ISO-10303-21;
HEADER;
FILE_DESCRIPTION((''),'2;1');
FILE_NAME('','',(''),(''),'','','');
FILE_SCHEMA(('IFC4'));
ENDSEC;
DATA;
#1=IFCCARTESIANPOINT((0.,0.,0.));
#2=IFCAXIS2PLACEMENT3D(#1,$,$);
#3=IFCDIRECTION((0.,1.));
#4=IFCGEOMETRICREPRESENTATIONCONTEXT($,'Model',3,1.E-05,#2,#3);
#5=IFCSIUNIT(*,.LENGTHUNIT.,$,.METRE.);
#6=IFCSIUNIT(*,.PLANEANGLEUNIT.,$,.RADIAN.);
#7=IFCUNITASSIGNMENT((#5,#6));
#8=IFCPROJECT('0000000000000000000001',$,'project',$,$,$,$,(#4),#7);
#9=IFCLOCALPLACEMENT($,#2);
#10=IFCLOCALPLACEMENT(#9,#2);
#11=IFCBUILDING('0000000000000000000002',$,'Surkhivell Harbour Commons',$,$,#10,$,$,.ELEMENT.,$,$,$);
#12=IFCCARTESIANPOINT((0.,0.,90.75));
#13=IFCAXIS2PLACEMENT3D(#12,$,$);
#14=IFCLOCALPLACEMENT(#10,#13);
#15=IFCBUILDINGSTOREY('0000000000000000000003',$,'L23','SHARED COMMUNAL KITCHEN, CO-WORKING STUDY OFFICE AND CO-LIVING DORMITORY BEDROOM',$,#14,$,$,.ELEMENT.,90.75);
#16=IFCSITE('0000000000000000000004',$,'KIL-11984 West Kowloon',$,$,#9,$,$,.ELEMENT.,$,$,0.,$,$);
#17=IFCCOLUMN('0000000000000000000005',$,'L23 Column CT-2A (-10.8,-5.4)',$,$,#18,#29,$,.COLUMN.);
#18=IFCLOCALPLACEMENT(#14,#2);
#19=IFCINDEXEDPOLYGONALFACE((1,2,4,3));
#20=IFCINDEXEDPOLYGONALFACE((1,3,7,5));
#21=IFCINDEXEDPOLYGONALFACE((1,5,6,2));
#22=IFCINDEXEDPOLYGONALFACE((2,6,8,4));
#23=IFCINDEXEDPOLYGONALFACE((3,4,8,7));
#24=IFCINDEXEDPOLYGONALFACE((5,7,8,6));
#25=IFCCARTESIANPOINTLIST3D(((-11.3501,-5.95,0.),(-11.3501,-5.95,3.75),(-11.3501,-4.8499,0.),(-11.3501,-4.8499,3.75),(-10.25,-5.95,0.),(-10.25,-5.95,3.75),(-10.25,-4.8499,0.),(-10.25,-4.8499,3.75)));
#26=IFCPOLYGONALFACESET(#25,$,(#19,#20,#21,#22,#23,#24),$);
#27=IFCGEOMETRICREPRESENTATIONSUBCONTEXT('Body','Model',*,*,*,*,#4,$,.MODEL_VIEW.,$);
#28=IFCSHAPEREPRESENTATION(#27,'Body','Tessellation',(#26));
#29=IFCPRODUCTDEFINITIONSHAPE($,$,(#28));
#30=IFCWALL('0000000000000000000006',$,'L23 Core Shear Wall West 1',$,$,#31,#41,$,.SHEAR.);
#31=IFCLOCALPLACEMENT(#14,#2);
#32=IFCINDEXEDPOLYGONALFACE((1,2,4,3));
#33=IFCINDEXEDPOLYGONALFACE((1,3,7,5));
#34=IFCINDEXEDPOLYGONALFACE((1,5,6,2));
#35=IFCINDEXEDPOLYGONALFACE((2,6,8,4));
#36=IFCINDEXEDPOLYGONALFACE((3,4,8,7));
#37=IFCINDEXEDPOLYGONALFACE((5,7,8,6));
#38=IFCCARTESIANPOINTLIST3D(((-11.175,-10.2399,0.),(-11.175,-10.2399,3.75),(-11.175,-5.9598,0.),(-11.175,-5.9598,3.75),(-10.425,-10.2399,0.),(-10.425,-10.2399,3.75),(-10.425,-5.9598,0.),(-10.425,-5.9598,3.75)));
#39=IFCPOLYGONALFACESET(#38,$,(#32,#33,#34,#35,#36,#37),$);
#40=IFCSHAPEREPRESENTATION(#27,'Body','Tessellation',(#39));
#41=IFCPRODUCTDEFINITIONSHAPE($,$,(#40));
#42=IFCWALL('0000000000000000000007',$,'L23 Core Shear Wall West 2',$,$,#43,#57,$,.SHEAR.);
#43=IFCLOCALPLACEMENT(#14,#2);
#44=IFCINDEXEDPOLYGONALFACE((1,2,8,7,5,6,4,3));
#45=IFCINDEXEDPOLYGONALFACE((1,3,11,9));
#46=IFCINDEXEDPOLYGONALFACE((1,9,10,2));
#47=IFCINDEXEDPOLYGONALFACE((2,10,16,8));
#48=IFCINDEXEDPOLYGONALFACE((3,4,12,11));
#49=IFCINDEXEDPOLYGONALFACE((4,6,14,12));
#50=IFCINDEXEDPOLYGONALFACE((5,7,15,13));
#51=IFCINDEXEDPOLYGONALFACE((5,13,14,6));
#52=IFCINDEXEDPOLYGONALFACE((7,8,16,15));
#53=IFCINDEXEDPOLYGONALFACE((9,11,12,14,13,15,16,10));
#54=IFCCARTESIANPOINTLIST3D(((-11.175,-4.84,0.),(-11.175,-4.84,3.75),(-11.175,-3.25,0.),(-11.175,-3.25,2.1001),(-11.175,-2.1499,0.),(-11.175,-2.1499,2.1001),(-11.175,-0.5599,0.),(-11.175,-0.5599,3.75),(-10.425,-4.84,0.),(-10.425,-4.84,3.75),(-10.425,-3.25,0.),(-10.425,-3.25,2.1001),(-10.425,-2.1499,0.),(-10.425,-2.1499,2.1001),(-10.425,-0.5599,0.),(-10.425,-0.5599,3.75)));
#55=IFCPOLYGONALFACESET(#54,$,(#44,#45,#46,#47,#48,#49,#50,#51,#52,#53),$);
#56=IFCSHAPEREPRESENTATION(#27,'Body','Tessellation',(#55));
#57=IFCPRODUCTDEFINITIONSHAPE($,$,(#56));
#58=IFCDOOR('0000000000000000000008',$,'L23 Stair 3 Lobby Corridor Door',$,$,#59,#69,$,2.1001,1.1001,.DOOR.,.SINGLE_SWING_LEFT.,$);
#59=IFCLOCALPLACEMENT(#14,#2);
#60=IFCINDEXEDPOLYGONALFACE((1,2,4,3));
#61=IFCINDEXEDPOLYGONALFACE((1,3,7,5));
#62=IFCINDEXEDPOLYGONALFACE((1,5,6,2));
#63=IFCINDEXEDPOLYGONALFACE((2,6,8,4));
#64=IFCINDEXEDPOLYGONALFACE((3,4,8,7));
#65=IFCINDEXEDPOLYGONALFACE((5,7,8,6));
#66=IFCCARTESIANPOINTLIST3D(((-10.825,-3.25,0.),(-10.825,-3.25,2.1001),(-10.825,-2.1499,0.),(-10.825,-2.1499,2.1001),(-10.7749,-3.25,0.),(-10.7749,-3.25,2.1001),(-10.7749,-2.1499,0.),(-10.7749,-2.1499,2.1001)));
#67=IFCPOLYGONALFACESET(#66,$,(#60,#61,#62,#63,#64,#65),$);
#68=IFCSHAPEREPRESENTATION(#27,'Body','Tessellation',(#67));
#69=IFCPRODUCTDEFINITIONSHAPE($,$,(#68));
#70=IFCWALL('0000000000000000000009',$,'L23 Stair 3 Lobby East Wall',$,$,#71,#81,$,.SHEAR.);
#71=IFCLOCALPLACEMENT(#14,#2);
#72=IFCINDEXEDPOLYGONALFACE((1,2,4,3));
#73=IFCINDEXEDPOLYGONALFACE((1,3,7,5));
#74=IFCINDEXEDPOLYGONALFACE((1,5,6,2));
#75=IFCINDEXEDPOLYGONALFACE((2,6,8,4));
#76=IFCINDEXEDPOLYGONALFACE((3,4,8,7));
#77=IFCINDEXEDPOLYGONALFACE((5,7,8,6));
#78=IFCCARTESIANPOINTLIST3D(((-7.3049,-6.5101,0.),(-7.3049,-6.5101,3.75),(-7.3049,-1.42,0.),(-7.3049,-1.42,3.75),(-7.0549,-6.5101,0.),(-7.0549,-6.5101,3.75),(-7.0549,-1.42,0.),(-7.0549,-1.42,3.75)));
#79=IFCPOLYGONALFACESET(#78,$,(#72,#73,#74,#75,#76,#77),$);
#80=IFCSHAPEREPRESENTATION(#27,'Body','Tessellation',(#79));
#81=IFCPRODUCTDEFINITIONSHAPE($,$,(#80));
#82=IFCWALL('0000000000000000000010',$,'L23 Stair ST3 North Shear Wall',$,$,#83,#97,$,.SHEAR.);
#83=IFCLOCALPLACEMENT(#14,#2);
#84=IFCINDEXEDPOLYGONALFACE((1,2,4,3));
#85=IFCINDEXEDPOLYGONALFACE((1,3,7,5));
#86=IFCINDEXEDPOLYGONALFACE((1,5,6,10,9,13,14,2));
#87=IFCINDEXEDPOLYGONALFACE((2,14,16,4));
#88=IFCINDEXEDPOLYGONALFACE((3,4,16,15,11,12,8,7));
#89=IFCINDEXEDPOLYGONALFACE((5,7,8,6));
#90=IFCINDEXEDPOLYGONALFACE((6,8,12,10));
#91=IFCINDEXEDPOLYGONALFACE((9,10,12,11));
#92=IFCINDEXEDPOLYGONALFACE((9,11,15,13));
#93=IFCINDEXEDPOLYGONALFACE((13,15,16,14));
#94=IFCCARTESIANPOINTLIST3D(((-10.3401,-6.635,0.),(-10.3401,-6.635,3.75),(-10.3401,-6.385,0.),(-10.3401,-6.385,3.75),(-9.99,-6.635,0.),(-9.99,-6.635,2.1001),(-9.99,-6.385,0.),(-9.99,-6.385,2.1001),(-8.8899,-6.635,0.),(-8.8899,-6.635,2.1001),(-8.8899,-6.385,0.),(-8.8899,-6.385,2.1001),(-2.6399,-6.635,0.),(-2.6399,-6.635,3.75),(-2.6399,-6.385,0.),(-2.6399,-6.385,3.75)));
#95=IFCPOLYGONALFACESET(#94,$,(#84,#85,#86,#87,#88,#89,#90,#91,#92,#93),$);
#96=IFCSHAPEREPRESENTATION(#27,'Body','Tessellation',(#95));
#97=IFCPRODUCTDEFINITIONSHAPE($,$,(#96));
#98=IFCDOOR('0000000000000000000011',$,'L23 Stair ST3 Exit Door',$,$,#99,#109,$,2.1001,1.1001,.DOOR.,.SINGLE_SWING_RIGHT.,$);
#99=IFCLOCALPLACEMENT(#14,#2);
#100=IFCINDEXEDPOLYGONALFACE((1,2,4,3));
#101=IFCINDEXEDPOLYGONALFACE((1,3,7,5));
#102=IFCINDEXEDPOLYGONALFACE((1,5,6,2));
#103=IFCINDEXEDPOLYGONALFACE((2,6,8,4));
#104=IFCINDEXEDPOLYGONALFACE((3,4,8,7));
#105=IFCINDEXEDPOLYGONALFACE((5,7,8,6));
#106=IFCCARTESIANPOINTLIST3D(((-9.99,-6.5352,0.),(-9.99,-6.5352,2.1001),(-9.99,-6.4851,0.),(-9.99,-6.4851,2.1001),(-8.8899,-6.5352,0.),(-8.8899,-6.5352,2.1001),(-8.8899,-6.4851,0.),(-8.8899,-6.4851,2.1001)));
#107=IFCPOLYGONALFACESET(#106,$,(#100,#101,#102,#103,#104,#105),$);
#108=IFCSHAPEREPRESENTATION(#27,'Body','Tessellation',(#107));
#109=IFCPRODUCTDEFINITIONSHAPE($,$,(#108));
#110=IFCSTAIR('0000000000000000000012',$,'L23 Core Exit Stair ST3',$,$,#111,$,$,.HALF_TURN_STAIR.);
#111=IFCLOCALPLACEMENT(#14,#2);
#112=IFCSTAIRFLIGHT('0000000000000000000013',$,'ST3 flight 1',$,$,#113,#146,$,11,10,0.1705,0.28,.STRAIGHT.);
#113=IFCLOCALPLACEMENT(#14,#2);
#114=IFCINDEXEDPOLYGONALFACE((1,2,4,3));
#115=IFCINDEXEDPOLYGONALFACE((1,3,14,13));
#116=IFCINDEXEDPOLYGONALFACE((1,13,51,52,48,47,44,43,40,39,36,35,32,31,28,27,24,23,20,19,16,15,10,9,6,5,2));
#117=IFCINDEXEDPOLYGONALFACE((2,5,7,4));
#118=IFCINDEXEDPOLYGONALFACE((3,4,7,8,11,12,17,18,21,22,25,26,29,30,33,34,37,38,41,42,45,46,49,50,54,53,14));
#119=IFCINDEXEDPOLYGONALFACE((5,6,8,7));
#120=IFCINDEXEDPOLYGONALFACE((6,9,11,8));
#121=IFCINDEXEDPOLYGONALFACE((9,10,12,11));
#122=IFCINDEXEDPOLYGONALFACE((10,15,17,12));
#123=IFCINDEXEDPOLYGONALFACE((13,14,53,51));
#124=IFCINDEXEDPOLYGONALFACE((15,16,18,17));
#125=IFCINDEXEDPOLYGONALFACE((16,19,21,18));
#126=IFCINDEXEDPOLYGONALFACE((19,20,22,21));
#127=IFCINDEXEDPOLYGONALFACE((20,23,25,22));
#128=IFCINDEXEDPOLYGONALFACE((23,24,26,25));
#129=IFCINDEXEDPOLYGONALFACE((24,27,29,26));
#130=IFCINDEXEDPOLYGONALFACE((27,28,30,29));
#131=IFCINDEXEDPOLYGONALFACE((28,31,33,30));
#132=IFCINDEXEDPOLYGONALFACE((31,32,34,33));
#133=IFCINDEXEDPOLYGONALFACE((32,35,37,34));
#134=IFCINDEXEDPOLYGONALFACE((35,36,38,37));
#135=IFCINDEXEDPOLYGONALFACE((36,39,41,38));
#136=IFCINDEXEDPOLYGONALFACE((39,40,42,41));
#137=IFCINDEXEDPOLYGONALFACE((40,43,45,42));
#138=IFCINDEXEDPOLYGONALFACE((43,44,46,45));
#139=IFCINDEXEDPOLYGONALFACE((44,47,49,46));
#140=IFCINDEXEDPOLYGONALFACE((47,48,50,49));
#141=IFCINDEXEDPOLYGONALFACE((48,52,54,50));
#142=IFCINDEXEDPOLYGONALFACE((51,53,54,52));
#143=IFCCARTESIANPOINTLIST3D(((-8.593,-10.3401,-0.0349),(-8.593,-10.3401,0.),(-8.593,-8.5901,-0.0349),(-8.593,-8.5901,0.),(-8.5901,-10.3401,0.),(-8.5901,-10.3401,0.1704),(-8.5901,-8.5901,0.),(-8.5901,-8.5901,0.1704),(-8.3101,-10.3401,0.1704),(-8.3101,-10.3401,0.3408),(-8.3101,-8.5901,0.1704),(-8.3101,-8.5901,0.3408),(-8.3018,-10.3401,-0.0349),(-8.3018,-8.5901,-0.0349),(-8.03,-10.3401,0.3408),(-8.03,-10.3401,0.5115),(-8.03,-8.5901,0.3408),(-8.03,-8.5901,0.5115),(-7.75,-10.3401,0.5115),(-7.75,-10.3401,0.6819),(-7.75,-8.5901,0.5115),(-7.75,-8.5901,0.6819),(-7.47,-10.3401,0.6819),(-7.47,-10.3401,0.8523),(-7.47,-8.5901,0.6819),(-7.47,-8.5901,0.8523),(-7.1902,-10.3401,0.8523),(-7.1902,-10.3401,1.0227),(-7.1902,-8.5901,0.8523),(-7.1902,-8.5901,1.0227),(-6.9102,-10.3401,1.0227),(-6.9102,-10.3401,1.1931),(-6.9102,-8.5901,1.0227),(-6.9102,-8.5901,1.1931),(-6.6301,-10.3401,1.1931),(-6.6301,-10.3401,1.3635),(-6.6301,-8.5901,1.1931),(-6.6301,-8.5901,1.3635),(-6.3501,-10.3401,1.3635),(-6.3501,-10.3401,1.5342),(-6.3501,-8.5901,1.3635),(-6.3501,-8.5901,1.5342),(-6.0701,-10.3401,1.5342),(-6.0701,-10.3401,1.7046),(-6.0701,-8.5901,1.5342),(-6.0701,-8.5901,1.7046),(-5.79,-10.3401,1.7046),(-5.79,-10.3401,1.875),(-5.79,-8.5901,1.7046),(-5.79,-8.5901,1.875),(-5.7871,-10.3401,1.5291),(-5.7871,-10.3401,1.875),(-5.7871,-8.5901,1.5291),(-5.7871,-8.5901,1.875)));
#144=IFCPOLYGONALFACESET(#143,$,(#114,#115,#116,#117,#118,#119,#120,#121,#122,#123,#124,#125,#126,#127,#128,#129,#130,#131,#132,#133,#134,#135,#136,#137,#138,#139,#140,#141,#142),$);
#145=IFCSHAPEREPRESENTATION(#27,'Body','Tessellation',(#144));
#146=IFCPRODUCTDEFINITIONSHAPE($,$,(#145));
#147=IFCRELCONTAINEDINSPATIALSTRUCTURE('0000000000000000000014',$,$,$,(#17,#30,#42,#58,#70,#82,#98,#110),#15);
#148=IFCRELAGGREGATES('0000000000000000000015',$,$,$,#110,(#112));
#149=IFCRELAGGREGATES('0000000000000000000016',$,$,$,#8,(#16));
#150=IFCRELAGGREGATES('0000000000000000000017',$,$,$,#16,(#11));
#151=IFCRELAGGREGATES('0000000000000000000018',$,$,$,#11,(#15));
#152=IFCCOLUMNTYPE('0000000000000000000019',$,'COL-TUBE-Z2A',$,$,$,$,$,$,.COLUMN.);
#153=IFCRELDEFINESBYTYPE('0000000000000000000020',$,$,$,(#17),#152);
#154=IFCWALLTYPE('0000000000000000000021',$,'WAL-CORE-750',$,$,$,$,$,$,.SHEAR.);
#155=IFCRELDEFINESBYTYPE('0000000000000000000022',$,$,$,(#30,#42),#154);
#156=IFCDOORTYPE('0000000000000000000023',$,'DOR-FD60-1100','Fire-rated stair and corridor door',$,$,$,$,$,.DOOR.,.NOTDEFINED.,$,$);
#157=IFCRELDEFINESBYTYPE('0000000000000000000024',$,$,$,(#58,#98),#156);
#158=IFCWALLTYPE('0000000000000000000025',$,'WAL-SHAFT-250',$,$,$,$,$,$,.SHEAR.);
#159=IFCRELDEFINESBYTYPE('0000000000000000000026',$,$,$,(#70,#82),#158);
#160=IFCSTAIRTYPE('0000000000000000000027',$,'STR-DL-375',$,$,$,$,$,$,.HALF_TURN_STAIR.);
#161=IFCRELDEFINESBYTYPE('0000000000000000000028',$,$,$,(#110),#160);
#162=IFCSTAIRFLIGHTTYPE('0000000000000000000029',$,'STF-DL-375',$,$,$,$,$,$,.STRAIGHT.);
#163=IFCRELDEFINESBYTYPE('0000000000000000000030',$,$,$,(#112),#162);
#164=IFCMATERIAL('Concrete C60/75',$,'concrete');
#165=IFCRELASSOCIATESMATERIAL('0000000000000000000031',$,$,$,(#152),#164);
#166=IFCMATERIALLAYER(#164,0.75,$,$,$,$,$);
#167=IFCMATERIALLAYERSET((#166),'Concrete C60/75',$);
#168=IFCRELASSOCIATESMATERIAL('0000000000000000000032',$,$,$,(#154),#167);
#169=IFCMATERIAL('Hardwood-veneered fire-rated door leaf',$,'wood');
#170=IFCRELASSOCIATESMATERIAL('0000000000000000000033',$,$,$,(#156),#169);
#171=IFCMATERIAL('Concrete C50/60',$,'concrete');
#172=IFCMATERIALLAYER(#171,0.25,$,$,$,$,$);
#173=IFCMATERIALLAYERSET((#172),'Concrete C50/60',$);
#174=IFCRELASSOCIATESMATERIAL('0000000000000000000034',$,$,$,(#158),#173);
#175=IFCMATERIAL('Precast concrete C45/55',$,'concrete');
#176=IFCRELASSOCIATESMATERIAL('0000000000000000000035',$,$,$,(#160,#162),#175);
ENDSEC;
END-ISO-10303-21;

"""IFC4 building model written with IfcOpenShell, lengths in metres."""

from ifc_helpers import new_model, si_unit, direction, frame, frame_2d, origin, origin_2d, place, context, subcontext, project, spatial, polyline, rectangle, outline, extrude, material, layer, layer_set, material_profile, profile_set, type_object, element, fill, aggregate, save


model = new_model("IFC4")

# Units and contexts
model_context = context("Model", 3, precision=1e-05, world=origin(), true_north=direction((0.0, 1.0)))
body_context = subcontext(model_context, "Body", "Model", "MODEL_VIEW")
ifc_project = project(units=[si_unit("LENGTHUNIT", "METRE"), si_unit("PLANEANGLEUNIT", "RADIAN")], contexts=[model_context])

# Site, building, storey
site_placement = place(None, origin())
site = spatial("IfcSite", under=ifc_project, at=site_placement, Name="KIL-11984 West Kowloon", CompositionType="ELEMENT", RefElevation=0.0)
building_placement = place(site_placement, origin())
building = spatial("IfcBuilding", under=site, at=building_placement, Name="Surkhivell Harbour Commons", CompositionType="ELEMENT")
storey_placement = place(building_placement, frame((0.0, 0.0, 90.75)))
storey = spatial("IfcBuildingStorey", under=building, at=storey_placement, Name="L23", Description="SHARED COMMUNAL KITCHEN, CO-WORKING STUDY OFFICE AND CO-LIVING DORMITORY BEDROOM", CompositionType="ELEMENT", Elevation=90.75)

# Column
ifc_material_1 = material(Name="Concrete C60/75", Category="concrete")
ifc_material_profile = material_profile(ifc_material_1, rectangle(XDim=1.1001, YDim=1.1001, at=origin_2d()), Name="RC-COL-1100x1100")
ifc_profile_set = profile_set([ifc_material_profile], Name="Concrete C60/75")
column_type = type_object("IfcColumnType", Name="COL-TUBE-Z2A", PredefinedType="COLUMN", material=ifc_profile_set)
column_placement = place(storey_placement, frame((-10.8, -5.3999, 0.0), z_axis=(0.0, 0.0, 1.0), x_axis=(1.0, 0.0, 0.0)))
element("IfcColumn", 1, at=column_placement, inside=storey, type_object=column_type, Name="L23 Column CT-2A (-10.8,-5.4)", PredefinedType="COLUMN", context=body_context, shape_type="SweptSolid", body=[
    extrude(rectangle(XDim=1.1001, YDim=1.1001, at=origin_2d()), origin(), (0.0, 0.0, 1.0), 3.75),
])

# Wall
ifc_layer_1 = layer(ifc_material_1, 0.75)
ifc_layer_set_1 = layer_set([ifc_layer_1], Name="Concrete C60/75")
wall_type_1 = type_object("IfcWallType", Name="WAL-CORE-750", PredefinedType="SHEAR", material=ifc_layer_set_1)
wall_1_placement = place(storey_placement, frame((-10.8, -10.24, 0.0), z_axis=(0.0, 0.0, 1.0), x_axis=(0.0, 1.0, 0.0)))
element("IfcWall", 2, at=wall_1_placement, inside=storey, type_object=wall_type_1, Name="L23 Core Shear Wall West 1", PredefinedType="SHEAR", context=body_context, shape_type="SweptSolid", body=[
    extrude(rectangle(XDim=4.28, YDim=0.75, at=frame_2d((2.1401, 0.0))), origin(), (0.0, 0.0, 1.0), 3.75),
])

# Wall, opening, door
wall_2_placement = place(storey_placement, frame((-10.8, -4.8401, 0.0), z_axis=(0.0, 0.0, 1.0), x_axis=(0.0, 1.0, 0.0)))
wall_2 = element("IfcWall", 3, at=wall_2_placement, inside=storey, type_object=wall_type_1, Name="L23 Core Shear Wall West 2", PredefinedType="SHEAR", context=body_context, shape_type="SweptSolid", body=[
    extrude(rectangle(XDim=4.28, YDim=0.75, at=frame_2d((2.1401, 0.0))), origin(), (0.0, 0.0, 1.0), 3.75),
])
opening_1_placement = place(wall_2_placement, frame((1.5901, 0.0, 0.0)))
opening_1 = element("IfcOpeningElement", 4, at=opening_1_placement, cuts=wall_2, PredefinedType="OPENING", context=body_context, shape_type="SweptSolid", body=[
    extrude(rectangle(XDim=1.1001, YDim=2.1001, at=frame_2d((0.55, 1.05))), frame((0.0, 0.385, 0.0), z_axis=(0.0, -1.0, 0.0), x_axis=(1.0, 0.0, 0.0)), (0.0, 0.0, 1.0), 0.77),
])
ifc_material_2 = material(Name="Hardwood-veneered fire-rated door leaf", Category="wood")
door_type = type_object("IfcDoorType", Name="DOR-FD60-1100", Description="Fire-rated stair and corridor door", OperationType="NOTDEFINED", PredefinedType="DOOR", material=ifc_material_2)
door_1_placement = place(opening_1_placement, origin())
door_1 = element("IfcDoor", 5, at=door_1_placement, inside=storey, type_object=door_type, Name="L23 Stair 3 Lobby Corridor Door", OperationType="SINGLE_SWING_LEFT", OverallHeight=2.1001, OverallWidth=1.1001, PredefinedType="DOOR", context=body_context, shape_type="SweptSolid", body=[
    extrude(rectangle(XDim=1.1001, YDim=2.1001, at=frame_2d((0.55, 1.05))), frame((0.0, 0.0249, 0.0), z_axis=(0.0, -1.0, 0.0), x_axis=(1.0, 0.0, 0.0)), (0.0, 0.0, 1.0), 0.05),
])
fill(opening_1, door_1)

# Wall
ifc_material_3 = material(Name="Concrete C50/60", Category="concrete")
ifc_layer_2 = layer(ifc_material_3, 0.25)
ifc_layer_set_2 = layer_set([ifc_layer_2], Name="Concrete C50/60")
wall_type_2 = type_object("IfcWallType", Name="WAL-SHAFT-250", PredefinedType="SHEAR", material=ifc_layer_set_2)
wall_3_placement = place(storey_placement, frame((-7.1799, -6.51, 0.0), z_axis=(0.0, 0.0, 1.0), x_axis=(0.0, 1.0, 0.0)))
element("IfcWall", 6, at=wall_3_placement, inside=storey, type_object=wall_type_2, Name="L23 Stair 3 Lobby East Wall", PredefinedType="SHEAR", context=body_context, shape_type="SweptSolid", body=[
    extrude(rectangle(XDim=5.0901, YDim=0.25, at=frame_2d((2.5449, 0.0))), origin(), (0.0, 0.0, 1.0), 3.75),
])

# Wall, opening, door
wall_4_placement = place(storey_placement, frame((-10.3401, -6.51, 0.0), z_axis=(0.0, 0.0, 1.0), x_axis=(1.0, 0.0, 0.0)))
wall_4 = element("IfcWall", 7, at=wall_4_placement, inside=storey, type_object=wall_type_2, Name="L23 Stair ST3 North Shear Wall", PredefinedType="SHEAR", context=body_context, shape_type="SweptSolid", body=[
    extrude(rectangle(XDim=7.7002, YDim=0.25, at=frame_2d((3.8501, 0.0))), origin(), (0.0, 0.0, 1.0), 3.75),
])
opening_2_placement = place(wall_4_placement, frame((0.3501, 0.0, 0.0)))
opening_2 = element("IfcOpeningElement", 8, at=opening_2_placement, cuts=wall_4, PredefinedType="OPENING", context=body_context, shape_type="SweptSolid", body=[
    extrude(rectangle(XDim=1.1001, YDim=2.1001, at=frame_2d((0.55, 1.05))), frame((0.0, 0.135, 0.0), z_axis=(0.0, -1.0, 0.0), x_axis=(1.0, 0.0, 0.0)), (0.0, 0.0, 1.0), 0.27),
])
door_2_placement = place(opening_2_placement, origin())
door_2 = element("IfcDoor", 9, at=door_2_placement, inside=storey, type_object=door_type, Name="L23 Stair ST3 Exit Door", OperationType="SINGLE_SWING_RIGHT", OverallHeight=2.1001, OverallWidth=1.1001, PredefinedType="DOOR", context=body_context, shape_type="SweptSolid", body=[
    extrude(rectangle(XDim=1.1001, YDim=2.1001, at=frame_2d((0.55, 1.05))), frame((0.0, 0.0249, 0.0), z_axis=(0.0, -1.0, 0.0), x_axis=(1.0, 0.0, 0.0)), (0.0, 0.0, 1.0), 0.05),
])
fill(opening_2, door_2)

# Stair, stair flight
ifc_material_4 = material(Name="Precast concrete C45/55", Category="concrete")
stair_type = type_object("IfcStairType", Name="STR-DL-375", PredefinedType="HALF_TURN_STAIR", material=ifc_material_4)
stair_placement = place(storey_placement, origin())
stair = element("IfcStair", 10, at=stair_placement, inside=storey, type_object=stair_type, Name="L23 Core Exit Stair ST3", PredefinedType="HALF_TURN_STAIR")
stair_flight_type = type_object("IfcStairFlightType", Name="STF-DL-375", PredefinedType="STRAIGHT", material=ifc_material_4)
stair_flight_1_placement = place(storey_placement, frame((-8.5901, -9.4651, 0.0), z_axis=(0.0, 0.0, 1.0), x_axis=(1.0, 0.0, 0.0)))
stair_flight_1 = element("IfcStairFlight", 11, at=stair_flight_1_placement, type_object=stair_flight_type, Name="ST3 flight 1", NumberOfRisers=11, NumberOfTreads=10, PredefinedType="STRAIGHT", RiserHeight=0.1705, TreadLength=0.28, context=body_context, shape_type="SweptSolid", body=[
    extrude(outline(polyline([(-0.0029, -0.0349), (-0.0029, 0.0), (0.0, 0.0), (0.0, 0.1704), (0.28, 0.1704), (0.28, 0.3408), (0.5601, 0.3408), (0.5601, 0.5115), (0.8401, 0.5115), (0.8401, 0.6819), (1.1201, 0.6819), (1.1201, 0.8523), (1.3999, 0.8523), (1.3999, 1.0227), (1.6799, 1.0227), (1.6799, 1.1931), (1.96, 1.1931), (1.96, 1.3635), (2.24, 1.3635), (2.24, 1.5342), (2.52, 1.5342), (2.52, 1.7046), (2.8, 1.7046), (2.8, 1.875), (2.803, 1.875), (2.803, 1.5291), (0.2883, -0.0349), (-0.0029, -0.0349)])), frame((0.0, 0.875, 0.0), z_axis=(0.0, -1.0, 0.0), x_axis=(1.0, 0.0, 0.0)), (0.0, 0.0, 1.0), 1.75),
])
aggregate(stair, [stair_flight_1])

save(model, "model.ifc")
